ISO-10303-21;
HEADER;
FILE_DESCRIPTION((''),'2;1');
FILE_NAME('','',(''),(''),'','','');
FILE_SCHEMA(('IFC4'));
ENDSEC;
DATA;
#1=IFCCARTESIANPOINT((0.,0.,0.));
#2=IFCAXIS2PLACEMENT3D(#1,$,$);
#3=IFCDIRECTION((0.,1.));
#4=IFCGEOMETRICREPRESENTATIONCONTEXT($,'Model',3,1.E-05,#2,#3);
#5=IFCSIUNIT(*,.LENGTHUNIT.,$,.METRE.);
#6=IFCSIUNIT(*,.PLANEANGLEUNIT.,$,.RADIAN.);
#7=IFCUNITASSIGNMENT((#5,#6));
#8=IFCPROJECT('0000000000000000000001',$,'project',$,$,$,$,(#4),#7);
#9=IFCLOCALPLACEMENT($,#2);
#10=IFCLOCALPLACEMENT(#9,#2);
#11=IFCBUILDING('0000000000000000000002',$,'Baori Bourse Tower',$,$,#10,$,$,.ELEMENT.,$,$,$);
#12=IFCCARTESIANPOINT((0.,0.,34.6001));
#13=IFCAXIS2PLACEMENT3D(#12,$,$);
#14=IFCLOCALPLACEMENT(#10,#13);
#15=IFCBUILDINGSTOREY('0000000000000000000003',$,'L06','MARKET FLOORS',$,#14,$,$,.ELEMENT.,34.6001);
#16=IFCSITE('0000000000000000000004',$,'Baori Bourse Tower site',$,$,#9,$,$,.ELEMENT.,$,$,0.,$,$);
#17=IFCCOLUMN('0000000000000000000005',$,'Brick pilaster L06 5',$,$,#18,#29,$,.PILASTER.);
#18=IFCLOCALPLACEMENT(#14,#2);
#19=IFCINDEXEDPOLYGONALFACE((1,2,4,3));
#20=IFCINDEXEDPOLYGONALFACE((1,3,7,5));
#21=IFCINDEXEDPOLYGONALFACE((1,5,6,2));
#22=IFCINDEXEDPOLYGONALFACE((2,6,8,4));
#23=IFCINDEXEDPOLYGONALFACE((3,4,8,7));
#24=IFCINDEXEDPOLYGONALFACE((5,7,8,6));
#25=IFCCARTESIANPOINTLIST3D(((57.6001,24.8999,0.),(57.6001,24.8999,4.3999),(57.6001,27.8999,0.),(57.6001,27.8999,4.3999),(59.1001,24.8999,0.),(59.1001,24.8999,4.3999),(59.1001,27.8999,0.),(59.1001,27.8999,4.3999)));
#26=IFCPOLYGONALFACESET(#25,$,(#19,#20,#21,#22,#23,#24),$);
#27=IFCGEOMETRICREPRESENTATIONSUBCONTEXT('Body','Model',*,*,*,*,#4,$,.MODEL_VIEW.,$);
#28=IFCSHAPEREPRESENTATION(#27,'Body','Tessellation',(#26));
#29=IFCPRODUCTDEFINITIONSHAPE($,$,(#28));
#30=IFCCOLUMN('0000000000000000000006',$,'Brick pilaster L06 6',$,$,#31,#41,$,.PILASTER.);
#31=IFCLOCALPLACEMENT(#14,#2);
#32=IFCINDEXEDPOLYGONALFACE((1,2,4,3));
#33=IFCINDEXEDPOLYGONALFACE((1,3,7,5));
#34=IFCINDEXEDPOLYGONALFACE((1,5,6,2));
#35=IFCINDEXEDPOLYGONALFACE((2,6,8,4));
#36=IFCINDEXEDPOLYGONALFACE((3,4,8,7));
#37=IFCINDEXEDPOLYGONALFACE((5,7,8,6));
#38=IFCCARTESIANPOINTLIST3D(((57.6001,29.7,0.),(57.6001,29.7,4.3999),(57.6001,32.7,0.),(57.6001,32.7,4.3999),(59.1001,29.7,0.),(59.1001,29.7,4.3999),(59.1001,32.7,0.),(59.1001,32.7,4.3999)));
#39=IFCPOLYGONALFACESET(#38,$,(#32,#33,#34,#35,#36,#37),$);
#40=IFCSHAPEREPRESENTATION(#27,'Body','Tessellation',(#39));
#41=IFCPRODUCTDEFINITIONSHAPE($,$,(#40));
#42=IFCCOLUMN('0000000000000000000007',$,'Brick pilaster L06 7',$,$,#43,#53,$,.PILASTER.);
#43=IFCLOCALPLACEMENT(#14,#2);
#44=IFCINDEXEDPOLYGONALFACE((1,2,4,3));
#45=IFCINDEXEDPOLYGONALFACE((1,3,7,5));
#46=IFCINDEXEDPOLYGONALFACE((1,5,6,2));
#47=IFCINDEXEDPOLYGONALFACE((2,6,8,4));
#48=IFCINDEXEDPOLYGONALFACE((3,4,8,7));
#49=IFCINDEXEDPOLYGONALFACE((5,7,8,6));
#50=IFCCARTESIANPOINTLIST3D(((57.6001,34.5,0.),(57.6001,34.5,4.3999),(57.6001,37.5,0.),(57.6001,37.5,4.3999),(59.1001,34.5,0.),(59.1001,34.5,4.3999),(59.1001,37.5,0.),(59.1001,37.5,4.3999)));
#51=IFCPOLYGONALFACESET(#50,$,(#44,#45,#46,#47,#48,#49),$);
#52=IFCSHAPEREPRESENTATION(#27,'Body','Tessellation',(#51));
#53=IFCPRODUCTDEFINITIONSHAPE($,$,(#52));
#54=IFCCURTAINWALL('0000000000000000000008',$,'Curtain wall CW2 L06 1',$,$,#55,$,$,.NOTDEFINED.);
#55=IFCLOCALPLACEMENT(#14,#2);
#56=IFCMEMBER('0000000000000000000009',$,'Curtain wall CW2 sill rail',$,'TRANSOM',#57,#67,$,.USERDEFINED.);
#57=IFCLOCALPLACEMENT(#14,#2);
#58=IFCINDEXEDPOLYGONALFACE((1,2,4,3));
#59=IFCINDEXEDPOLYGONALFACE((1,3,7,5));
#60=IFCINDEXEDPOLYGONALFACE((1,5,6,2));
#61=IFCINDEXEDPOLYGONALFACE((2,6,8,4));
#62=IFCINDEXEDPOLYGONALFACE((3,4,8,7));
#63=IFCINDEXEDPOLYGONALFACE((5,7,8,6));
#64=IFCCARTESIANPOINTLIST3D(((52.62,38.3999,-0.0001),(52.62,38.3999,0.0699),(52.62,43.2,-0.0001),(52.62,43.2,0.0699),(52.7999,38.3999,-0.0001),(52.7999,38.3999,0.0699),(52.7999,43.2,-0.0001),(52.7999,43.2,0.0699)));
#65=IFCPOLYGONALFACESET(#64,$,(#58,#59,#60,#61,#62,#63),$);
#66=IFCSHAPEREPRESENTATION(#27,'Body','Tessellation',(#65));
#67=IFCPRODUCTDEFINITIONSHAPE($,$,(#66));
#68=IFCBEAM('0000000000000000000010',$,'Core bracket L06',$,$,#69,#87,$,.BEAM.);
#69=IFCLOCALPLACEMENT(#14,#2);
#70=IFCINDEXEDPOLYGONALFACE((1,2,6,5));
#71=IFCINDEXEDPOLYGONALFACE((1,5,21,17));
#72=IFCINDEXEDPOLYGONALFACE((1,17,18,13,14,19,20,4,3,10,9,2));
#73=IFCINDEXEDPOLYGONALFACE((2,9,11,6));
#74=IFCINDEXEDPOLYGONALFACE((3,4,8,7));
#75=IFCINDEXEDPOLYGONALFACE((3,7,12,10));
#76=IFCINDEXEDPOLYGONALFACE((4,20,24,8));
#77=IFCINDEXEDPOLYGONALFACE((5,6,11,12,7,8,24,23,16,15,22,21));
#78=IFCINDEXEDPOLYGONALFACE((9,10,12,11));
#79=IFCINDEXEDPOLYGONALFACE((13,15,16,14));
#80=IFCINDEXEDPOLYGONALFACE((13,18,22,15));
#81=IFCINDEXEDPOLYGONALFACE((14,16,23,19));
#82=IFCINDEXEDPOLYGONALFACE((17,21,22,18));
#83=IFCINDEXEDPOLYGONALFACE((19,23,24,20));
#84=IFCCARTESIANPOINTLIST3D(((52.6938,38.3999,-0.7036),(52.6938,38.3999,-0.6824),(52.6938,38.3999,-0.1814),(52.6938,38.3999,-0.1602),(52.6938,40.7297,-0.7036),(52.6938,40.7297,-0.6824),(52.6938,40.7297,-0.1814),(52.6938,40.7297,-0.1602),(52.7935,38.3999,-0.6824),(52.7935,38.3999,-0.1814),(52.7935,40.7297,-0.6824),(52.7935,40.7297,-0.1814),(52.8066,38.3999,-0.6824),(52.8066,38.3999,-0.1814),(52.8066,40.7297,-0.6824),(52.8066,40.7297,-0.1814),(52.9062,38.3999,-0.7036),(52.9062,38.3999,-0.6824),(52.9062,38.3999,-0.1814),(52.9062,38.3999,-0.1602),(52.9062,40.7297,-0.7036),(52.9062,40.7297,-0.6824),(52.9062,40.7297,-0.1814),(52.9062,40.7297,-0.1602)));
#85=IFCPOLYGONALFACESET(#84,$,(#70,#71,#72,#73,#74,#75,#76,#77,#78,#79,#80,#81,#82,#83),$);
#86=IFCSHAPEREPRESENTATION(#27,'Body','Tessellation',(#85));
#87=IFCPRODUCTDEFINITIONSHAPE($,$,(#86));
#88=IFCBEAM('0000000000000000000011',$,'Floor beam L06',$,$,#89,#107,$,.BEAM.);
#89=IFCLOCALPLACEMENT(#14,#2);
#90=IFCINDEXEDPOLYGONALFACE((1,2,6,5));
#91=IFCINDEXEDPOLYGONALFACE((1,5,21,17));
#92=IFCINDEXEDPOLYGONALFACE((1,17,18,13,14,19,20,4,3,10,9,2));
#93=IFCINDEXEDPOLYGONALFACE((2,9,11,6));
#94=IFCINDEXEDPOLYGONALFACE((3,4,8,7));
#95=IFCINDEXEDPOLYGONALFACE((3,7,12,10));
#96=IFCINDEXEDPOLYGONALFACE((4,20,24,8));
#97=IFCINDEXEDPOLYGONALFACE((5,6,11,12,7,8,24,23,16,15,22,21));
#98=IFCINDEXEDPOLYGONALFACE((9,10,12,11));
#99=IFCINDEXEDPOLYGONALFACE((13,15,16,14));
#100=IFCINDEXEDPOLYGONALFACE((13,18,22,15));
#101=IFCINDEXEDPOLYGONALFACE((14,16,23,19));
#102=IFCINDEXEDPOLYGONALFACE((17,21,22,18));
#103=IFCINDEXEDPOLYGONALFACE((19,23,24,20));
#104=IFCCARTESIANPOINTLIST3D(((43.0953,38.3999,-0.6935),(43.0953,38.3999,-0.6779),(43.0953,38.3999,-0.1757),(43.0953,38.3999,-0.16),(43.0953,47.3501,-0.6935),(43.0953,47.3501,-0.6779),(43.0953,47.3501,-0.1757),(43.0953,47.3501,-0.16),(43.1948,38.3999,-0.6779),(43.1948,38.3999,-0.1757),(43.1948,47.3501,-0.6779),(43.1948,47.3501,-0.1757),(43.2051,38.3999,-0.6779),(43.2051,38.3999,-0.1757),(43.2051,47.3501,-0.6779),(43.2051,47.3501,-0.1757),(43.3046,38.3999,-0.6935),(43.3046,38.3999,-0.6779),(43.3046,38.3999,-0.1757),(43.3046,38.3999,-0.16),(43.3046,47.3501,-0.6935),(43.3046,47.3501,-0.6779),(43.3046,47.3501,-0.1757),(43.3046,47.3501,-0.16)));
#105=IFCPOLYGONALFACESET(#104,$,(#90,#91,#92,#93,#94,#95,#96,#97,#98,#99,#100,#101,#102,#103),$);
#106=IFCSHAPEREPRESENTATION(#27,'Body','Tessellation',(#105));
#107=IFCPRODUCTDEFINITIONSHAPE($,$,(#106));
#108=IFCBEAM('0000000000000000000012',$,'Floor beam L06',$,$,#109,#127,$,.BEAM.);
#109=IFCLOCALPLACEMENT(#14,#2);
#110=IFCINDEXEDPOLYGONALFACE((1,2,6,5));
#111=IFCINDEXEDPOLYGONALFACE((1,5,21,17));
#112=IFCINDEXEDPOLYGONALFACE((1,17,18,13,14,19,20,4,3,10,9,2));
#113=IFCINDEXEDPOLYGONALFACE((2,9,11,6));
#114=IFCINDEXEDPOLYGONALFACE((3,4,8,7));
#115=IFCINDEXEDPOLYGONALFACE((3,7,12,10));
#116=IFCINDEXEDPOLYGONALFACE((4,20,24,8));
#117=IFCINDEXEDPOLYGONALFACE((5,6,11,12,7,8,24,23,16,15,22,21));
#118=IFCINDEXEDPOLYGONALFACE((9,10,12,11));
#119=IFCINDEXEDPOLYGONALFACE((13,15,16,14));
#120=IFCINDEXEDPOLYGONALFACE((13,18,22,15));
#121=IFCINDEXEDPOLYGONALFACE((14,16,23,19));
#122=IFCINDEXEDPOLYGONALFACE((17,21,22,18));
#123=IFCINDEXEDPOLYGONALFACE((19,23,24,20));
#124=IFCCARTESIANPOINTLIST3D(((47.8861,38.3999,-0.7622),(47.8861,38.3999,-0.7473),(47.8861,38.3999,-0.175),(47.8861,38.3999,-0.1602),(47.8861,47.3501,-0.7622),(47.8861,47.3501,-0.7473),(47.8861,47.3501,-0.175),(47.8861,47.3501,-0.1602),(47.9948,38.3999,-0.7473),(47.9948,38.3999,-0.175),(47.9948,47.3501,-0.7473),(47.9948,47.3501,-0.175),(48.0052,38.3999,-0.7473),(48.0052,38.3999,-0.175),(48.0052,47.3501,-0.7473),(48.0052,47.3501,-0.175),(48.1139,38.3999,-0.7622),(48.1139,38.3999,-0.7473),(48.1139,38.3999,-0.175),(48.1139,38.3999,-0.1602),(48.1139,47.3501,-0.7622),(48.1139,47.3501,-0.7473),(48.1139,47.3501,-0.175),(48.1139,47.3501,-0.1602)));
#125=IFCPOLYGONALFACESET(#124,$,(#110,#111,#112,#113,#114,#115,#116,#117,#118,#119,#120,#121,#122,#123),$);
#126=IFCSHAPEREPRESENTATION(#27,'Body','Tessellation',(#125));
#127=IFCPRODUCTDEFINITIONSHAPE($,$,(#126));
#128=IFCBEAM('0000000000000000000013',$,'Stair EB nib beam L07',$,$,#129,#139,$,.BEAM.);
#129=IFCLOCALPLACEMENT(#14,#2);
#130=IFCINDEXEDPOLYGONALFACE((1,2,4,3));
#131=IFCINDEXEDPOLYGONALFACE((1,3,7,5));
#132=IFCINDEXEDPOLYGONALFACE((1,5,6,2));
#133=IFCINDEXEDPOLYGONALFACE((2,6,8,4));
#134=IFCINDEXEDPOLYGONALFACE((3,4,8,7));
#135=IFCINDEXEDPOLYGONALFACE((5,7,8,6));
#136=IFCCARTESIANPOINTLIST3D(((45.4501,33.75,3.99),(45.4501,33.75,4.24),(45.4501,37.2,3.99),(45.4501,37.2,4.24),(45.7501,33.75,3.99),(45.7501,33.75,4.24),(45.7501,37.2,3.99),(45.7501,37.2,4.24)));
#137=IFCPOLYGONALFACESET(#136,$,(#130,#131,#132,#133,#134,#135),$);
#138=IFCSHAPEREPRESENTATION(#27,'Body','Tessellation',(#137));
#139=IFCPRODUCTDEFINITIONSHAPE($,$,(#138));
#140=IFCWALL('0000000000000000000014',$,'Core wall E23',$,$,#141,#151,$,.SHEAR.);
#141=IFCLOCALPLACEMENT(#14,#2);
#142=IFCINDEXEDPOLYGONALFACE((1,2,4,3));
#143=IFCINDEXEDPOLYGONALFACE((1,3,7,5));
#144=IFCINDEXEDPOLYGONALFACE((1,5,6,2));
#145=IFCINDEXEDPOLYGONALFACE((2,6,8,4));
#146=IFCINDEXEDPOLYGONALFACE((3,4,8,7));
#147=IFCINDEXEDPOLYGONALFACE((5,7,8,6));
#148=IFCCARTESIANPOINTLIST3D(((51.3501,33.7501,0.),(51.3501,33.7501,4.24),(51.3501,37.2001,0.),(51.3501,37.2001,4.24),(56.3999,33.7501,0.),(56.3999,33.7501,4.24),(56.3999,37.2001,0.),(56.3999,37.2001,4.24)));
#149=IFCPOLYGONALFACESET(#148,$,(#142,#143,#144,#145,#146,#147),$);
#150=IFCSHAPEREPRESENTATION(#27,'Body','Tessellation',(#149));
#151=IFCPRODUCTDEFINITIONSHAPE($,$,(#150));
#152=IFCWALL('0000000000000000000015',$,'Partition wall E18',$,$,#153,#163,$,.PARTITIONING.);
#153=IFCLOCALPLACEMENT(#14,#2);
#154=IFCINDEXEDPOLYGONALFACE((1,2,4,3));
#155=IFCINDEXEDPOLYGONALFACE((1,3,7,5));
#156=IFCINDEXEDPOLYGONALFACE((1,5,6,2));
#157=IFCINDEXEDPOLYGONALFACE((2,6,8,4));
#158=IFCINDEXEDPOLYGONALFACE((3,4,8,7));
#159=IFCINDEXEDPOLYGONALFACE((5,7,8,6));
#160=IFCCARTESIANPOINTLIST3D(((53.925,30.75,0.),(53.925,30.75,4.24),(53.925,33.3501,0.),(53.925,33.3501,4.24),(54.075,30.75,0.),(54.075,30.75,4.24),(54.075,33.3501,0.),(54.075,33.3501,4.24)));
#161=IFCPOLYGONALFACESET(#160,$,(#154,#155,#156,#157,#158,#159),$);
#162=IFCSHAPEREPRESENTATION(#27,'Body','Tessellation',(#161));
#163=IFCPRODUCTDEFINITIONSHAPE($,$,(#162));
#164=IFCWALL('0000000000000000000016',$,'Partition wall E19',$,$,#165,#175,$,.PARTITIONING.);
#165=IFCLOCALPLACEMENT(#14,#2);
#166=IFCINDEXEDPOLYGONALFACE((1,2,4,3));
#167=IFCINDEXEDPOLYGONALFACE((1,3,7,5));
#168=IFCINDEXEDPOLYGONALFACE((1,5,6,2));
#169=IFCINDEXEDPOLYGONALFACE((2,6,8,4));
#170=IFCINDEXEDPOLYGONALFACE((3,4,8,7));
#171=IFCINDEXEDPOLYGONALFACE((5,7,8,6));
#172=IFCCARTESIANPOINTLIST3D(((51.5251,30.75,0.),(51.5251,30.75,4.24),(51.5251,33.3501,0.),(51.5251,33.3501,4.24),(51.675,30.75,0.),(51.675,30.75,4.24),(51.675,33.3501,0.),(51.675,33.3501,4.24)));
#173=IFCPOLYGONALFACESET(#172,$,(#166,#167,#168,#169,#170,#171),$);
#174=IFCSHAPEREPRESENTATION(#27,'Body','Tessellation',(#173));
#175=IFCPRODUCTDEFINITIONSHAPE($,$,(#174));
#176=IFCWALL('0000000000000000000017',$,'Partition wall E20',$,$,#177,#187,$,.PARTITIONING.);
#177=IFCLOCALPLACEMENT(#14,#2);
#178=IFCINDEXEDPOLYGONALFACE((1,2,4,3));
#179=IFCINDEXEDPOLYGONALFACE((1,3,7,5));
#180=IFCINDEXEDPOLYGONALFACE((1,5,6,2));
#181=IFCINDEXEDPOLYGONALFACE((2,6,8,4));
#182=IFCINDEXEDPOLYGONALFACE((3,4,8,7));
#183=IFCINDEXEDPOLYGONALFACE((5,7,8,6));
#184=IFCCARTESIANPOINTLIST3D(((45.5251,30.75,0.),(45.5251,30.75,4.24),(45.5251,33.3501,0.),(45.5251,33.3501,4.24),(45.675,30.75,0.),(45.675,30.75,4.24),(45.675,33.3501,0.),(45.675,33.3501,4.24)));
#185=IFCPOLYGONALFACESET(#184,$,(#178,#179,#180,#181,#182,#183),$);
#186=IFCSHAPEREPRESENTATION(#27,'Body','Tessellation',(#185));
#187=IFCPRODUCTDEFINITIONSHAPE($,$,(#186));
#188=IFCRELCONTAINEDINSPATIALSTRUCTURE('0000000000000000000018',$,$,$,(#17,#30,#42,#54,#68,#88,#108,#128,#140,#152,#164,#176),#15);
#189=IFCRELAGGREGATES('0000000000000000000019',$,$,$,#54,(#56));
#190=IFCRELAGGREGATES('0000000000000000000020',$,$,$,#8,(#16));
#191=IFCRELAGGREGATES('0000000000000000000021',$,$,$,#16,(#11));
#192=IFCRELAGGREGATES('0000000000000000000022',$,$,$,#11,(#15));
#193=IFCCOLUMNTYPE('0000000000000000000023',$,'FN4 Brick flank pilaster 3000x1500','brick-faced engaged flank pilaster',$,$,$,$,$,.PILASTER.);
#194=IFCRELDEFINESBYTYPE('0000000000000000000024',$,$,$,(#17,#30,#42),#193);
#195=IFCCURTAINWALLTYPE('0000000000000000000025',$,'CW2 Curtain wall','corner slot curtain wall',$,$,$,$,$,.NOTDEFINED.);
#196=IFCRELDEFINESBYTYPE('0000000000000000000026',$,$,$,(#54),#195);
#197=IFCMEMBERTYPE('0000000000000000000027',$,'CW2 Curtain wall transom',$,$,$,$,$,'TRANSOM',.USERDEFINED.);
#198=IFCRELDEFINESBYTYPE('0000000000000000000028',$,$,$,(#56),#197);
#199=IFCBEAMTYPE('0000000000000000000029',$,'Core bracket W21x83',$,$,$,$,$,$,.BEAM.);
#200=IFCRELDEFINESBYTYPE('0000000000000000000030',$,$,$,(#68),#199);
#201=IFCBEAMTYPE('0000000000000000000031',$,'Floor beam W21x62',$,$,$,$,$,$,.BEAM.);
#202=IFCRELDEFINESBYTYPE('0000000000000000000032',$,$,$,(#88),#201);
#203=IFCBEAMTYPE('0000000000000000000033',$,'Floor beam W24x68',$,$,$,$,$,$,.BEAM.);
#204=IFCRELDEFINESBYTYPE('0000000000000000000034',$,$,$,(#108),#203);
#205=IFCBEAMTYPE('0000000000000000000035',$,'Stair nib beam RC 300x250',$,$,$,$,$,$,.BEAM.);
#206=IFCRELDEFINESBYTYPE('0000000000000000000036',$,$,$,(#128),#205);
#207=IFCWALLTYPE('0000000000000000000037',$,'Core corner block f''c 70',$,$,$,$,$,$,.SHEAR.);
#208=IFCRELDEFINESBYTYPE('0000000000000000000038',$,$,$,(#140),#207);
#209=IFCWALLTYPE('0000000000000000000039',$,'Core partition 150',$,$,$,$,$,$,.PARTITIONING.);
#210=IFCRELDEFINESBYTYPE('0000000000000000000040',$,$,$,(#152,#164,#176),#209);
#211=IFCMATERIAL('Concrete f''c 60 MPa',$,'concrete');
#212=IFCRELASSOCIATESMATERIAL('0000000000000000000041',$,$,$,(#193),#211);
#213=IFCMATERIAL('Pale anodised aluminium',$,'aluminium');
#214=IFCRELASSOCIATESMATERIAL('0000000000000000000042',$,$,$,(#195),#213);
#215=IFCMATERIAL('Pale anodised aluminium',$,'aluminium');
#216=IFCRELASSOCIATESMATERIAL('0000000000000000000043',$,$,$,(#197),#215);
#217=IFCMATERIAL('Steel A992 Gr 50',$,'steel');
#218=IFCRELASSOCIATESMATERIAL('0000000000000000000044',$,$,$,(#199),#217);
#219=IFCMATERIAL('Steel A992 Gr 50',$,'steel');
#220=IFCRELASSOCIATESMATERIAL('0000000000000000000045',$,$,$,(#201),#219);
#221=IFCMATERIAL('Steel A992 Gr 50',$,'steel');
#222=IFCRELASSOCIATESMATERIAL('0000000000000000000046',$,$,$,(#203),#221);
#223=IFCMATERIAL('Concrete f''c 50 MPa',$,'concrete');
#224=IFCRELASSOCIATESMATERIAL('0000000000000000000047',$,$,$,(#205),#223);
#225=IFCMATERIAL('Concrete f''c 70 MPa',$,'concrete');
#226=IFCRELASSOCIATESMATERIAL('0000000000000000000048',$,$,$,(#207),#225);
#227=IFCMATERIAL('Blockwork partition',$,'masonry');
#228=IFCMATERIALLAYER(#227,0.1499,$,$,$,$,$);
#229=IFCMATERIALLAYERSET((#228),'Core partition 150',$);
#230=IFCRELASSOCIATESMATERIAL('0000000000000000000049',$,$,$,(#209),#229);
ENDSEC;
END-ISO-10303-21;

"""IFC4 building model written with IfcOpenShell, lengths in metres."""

from ifc_helpers import new_model, si_unit, direction, frame, frame_2d, origin, origin_2d, place, context, subcontext, project, spatial, rectangle, i_section, extrude, material, layer, layer_set, material_profile, profile_set, type_object, element, aggregate, save


model = new_model("IFC4")

# Units and contexts
model_context = context("Model", 3, precision=1e-05, world=origin(), true_north=direction((0.0, 1.0)))
body_context = subcontext(model_context, "Body", "Model", "MODEL_VIEW")
ifc_project = project(units=[si_unit("LENGTHUNIT", "METRE"), si_unit("PLANEANGLEUNIT", "RADIAN")], contexts=[model_context])

# Site, building, storey
site_placement = place(None, origin())
site = spatial("IfcSite", under=ifc_project, at=site_placement, Name="Baori Bourse Tower site", CompositionType="ELEMENT", RefElevation=0.0)
building_placement = place(site_placement, origin())
building = spatial("IfcBuilding", under=site, at=building_placement, Name="Baori Bourse Tower", CompositionType="ELEMENT")
storey_placement = place(building_placement, frame((0.0, 0.0, 34.6001)))
storey = spatial("IfcBuildingStorey", under=building, at=storey_placement, Name="L06", Description="MARKET FLOORS", CompositionType="ELEMENT", Elevation=34.6001)

# Columns
ifc_material_1 = material(Name="Concrete f'c 60 MPa", Category="concrete")
ifc_material_profile_1 = material_profile(ifc_material_1, rectangle(XDim=3.0, YDim=1.5, at=origin_2d()), Name="RC 3000x1500")
ifc_profile_set_1 = profile_set([ifc_material_profile_1], Name="Concrete f'c 60 MPa")
column_type = type_object("IfcColumnType", Name="FN4 Brick flank pilaster 3000x1500", Description="brick-faced engaged flank pilaster", PredefinedType="PILASTER", material=ifc_profile_set_1)
for number, where, z_axis, x_axis, name in (
    (1, (58.3501, 26.3999, 0.0), (0.0, 0.0, 1.0), (0.0, 1.0, 0.0), "Brick pilaster L06 5"),
    (2, (58.3501, 31.2, 0.0), (0.0, 0.0, 1.0), (0.0, 1.0, 0.0), "Brick pilaster L06 6"),
    (3, (58.3501, 36.0, 0.0), (0.0, 0.0, 1.0), (0.0, 1.0, 0.0), "Brick pilaster L06 7"),
):
    element("IfcColumn", number, at=place(storey_placement, frame(where, z_axis=z_axis, x_axis=x_axis)), inside=storey, type_object=column_type, Name=name, PredefinedType="PILASTER", context=body_context, shape_type="SweptSolid", body=[
        extrude(rectangle(XDim=3.0, YDim=1.5, at=origin_2d()), origin(), (0.0, 0.0, 1.0), 4.3999),
    ])

# Curtain wall, member
ifc_material_2 = material(Name="Pale anodised aluminium", Category="aluminium")
curtain_wall_type = type_object("IfcCurtainWallType", Name="CW2 Curtain wall", Description="corner slot curtain wall", PredefinedType="NOTDEFINED", material=ifc_material_2)
curtain_wall_placement = place(storey_placement, origin())
curtain_wall = element("IfcCurtainWall", 4, at=curtain_wall_placement, inside=storey, type_object=curtain_wall_type, Name="Curtain wall CW2 L06 1", PredefinedType="NOTDEFINED")
ifc_material_3 = material(Name="Pale anodised aluminium", Category="aluminium")
ifc_material_profile_2 = material_profile(ifc_material_3, rectangle(XDim=0.1799, YDim=0.0701, at=origin_2d()), Name="Transom 70x180")
ifc_profile_set_2 = profile_set([ifc_material_profile_2], Name="Pale anodised aluminium")
member_type = type_object("IfcMemberType", Name="CW2 Curtain wall transom", ElementType="TRANSOM", PredefinedType="USERDEFINED", material=ifc_profile_set_2)
member_placement = place(storey_placement, frame((52.71, 38.3999, 0.0349), z_axis=(0.0, 1.0, 0.0), x_axis=(-1.0, 0.0, 0.0)))
member = element("IfcMember", 5, at=member_placement, type_object=member_type, Name="Curtain wall CW2 sill rail", ObjectType="TRANSOM", PredefinedType="USERDEFINED", context=body_context, shape_type="SweptSolid", body=[
    extrude(rectangle(XDim=0.1799, YDim=0.0701, at=origin_2d()), origin(), (0.0, 0.0, 1.0), 4.8),
])
aggregate(curtain_wall, [member])

# Beams
ifc_material_4 = material(Name="Steel A992 Gr 50", Category="steel")
ifc_material_profile_3 = material_profile(ifc_material_4, i_section(OverallWidth=0.2124, OverallDepth=0.5435, WebThickness=0.0132, FlangeThickness=0.0212, at=origin_2d()), Name="W21x83")
ifc_profile_set_3 = profile_set([ifc_material_profile_3], Name="Steel A992 Gr 50")
beam_type_1 = type_object("IfcBeamType", Name="Core bracket W21x83", PredefinedType="BEAM", material=ifc_profile_set_3)
beam_1_placement = place(storey_placement, frame((52.8, 38.3999, -0.4319), z_axis=(0.0, 1.0, 0.0), x_axis=(-1.0, 0.0, 0.0)))
element("IfcBeam", 6, at=beam_1_placement, inside=storey, type_object=beam_type_1, Name="Core bracket L06", PredefinedType="BEAM", context=body_context, shape_type="SweptSolid", body=[
    extrude(i_section(OverallWidth=0.2124, OverallDepth=0.5435, WebThickness=0.0132, FlangeThickness=0.0212, at=origin_2d()), origin(), (0.0, 0.0, 1.0), 2.3298),
])
ifc_material_5 = material(Name="Steel A992 Gr 50", Category="steel")
ifc_material_profile_4 = material_profile(ifc_material_5, i_section(OverallWidth=0.2092, OverallDepth=0.5334, WebThickness=0.0103, FlangeThickness=0.0156, at=origin_2d()), Name="W21x62")
ifc_profile_set_4 = profile_set([ifc_material_profile_4], Name="Steel A992 Gr 50")
beam_type_2 = type_object("IfcBeamType", Name="Floor beam W21x62", PredefinedType="BEAM", material=ifc_profile_set_4)
beam_2_placement = place(storey_placement, frame((43.2, 38.3999, -0.4268), z_axis=(0.0, 1.0, 0.0), x_axis=(-1.0, 0.0, 0.0)))
element("IfcBeam", 7, at=beam_2_placement, inside=storey, type_object=beam_type_2, Name="Floor beam L06", PredefinedType="BEAM", context=body_context, shape_type="SweptSolid", body=[
    extrude(i_section(OverallWidth=0.2092, OverallDepth=0.5334, WebThickness=0.0103, FlangeThickness=0.0156, at=origin_2d()), origin(), (0.0, 0.0, 1.0), 8.9502),
])
ifc_material_6 = material(Name="Steel A992 Gr 50", Category="steel")
ifc_material_profile_5 = material_profile(ifc_material_6, i_section(OverallWidth=0.2278, OverallDepth=0.6021, WebThickness=0.0105, FlangeThickness=0.0149, at=origin_2d()), Name="W24x68")
ifc_profile_set_5 = profile_set([ifc_material_profile_5], Name="Steel A992 Gr 50")
beam_type_3 = type_object("IfcBeamType", Name="Floor beam W24x68", PredefinedType="BEAM", material=ifc_profile_set_5)
beam_3_placement = place(storey_placement, frame((48.0, 38.3999, -0.4612), z_axis=(0.0, 1.0, 0.0), x_axis=(-1.0, 0.0, 0.0)))
element("IfcBeam", 8, at=beam_3_placement, inside=storey, type_object=beam_type_3, Name="Floor beam L06", PredefinedType="BEAM", context=body_context, shape_type="SweptSolid", body=[
    extrude(i_section(OverallWidth=0.2278, OverallDepth=0.6021, WebThickness=0.0105, FlangeThickness=0.0149, at=origin_2d()), origin(), (0.0, 0.0, 1.0), 8.9502),
])
ifc_material_7 = material(Name="Concrete f'c 50 MPa", Category="concrete")
ifc_material_profile_6 = material_profile(ifc_material_7, rectangle(XDim=0.3, YDim=0.25, at=origin_2d()), Name="RC 300x250")
ifc_profile_set_6 = profile_set([ifc_material_profile_6], Name="Concrete f'c 50 MPa")
beam_type_4 = type_object("IfcBeamType", Name="Stair nib beam RC 300x250", PredefinedType="BEAM", material=ifc_profile_set_6)
beam_4_placement = place(storey_placement, frame((45.6001, 33.75, 4.115), z_axis=(0.0, 1.0, 0.0), x_axis=(-1.0, 0.0, 0.0)))
element("IfcBeam", 9, at=beam_4_placement, inside=storey, type_object=beam_type_4, Name="Stair EB nib beam L07", PredefinedType="BEAM", context=body_context, shape_type="SweptSolid", body=[
    extrude(rectangle(XDim=0.3, YDim=0.25, at=origin_2d()), origin(), (0.0, 0.0, 1.0), 3.45),
])

# Walls
ifc_material_8 = material(Name="Concrete f'c 70 MPa", Category="concrete")
wall_type_1 = type_object("IfcWallType", Name="Core corner block f'c 70", PredefinedType="SHEAR", material=ifc_material_8)
wall_1_placement = place(storey_placement, frame((51.3501, 35.4751, 0.0), z_axis=(0.0, 0.0, 1.0), x_axis=(1.0, 0.0, 0.0)))
element("IfcWall", 10, at=wall_1_placement, inside=storey, type_object=wall_type_1, Name="Core wall E23", PredefinedType="SHEAR", context=body_context, shape_type="SweptSolid", body=[
    extrude(rectangle(XDim=5.0498, YDim=3.45, at=frame_2d((2.5249, 0.0))), origin(), (0.0, 0.0, 1.0), 4.24),
])
ifc_material_9 = material(Name="Blockwork partition", Category="masonry")
ifc_layer_1 = layer(ifc_material_9, 0.1499)
ifc_layer_set_1 = layer_set([ifc_layer_1], Name="Core partition 150")
wall_type_2 = type_object("IfcWallType", Name="Core partition 150", PredefinedType="PARTITIONING", material=ifc_layer_set_1)
for number, where, z_axis, x_axis, name in (
    (11, (54.0, 30.75, 0.0), (0.0, 0.0, 1.0), (0.0, 1.0, 0.0), "Partition wall E18"),
    (12, (51.6001, 30.75, 0.0), (0.0, 0.0, 1.0), (0.0, 1.0, 0.0), "Partition wall E19"),
    (13, (45.6001, 30.75, 0.0), (0.0, 0.0, 1.0), (0.0, 1.0, 0.0), "Partition wall E20"),
):
    element("IfcWall", number, at=place(storey_placement, frame(where, z_axis=z_axis, x_axis=x_axis)), inside=storey, type_object=wall_type_2, Name=name, PredefinedType="PARTITIONING", context=body_context, shape_type="SweptSolid", body=[
        extrude(rectangle(XDim=2.6001, YDim=0.1499, at=frame_2d((1.3, 0.0))), origin(), (0.0, 0.0, 1.0), 4.24),
    ])

save(model, "model.ifc")
